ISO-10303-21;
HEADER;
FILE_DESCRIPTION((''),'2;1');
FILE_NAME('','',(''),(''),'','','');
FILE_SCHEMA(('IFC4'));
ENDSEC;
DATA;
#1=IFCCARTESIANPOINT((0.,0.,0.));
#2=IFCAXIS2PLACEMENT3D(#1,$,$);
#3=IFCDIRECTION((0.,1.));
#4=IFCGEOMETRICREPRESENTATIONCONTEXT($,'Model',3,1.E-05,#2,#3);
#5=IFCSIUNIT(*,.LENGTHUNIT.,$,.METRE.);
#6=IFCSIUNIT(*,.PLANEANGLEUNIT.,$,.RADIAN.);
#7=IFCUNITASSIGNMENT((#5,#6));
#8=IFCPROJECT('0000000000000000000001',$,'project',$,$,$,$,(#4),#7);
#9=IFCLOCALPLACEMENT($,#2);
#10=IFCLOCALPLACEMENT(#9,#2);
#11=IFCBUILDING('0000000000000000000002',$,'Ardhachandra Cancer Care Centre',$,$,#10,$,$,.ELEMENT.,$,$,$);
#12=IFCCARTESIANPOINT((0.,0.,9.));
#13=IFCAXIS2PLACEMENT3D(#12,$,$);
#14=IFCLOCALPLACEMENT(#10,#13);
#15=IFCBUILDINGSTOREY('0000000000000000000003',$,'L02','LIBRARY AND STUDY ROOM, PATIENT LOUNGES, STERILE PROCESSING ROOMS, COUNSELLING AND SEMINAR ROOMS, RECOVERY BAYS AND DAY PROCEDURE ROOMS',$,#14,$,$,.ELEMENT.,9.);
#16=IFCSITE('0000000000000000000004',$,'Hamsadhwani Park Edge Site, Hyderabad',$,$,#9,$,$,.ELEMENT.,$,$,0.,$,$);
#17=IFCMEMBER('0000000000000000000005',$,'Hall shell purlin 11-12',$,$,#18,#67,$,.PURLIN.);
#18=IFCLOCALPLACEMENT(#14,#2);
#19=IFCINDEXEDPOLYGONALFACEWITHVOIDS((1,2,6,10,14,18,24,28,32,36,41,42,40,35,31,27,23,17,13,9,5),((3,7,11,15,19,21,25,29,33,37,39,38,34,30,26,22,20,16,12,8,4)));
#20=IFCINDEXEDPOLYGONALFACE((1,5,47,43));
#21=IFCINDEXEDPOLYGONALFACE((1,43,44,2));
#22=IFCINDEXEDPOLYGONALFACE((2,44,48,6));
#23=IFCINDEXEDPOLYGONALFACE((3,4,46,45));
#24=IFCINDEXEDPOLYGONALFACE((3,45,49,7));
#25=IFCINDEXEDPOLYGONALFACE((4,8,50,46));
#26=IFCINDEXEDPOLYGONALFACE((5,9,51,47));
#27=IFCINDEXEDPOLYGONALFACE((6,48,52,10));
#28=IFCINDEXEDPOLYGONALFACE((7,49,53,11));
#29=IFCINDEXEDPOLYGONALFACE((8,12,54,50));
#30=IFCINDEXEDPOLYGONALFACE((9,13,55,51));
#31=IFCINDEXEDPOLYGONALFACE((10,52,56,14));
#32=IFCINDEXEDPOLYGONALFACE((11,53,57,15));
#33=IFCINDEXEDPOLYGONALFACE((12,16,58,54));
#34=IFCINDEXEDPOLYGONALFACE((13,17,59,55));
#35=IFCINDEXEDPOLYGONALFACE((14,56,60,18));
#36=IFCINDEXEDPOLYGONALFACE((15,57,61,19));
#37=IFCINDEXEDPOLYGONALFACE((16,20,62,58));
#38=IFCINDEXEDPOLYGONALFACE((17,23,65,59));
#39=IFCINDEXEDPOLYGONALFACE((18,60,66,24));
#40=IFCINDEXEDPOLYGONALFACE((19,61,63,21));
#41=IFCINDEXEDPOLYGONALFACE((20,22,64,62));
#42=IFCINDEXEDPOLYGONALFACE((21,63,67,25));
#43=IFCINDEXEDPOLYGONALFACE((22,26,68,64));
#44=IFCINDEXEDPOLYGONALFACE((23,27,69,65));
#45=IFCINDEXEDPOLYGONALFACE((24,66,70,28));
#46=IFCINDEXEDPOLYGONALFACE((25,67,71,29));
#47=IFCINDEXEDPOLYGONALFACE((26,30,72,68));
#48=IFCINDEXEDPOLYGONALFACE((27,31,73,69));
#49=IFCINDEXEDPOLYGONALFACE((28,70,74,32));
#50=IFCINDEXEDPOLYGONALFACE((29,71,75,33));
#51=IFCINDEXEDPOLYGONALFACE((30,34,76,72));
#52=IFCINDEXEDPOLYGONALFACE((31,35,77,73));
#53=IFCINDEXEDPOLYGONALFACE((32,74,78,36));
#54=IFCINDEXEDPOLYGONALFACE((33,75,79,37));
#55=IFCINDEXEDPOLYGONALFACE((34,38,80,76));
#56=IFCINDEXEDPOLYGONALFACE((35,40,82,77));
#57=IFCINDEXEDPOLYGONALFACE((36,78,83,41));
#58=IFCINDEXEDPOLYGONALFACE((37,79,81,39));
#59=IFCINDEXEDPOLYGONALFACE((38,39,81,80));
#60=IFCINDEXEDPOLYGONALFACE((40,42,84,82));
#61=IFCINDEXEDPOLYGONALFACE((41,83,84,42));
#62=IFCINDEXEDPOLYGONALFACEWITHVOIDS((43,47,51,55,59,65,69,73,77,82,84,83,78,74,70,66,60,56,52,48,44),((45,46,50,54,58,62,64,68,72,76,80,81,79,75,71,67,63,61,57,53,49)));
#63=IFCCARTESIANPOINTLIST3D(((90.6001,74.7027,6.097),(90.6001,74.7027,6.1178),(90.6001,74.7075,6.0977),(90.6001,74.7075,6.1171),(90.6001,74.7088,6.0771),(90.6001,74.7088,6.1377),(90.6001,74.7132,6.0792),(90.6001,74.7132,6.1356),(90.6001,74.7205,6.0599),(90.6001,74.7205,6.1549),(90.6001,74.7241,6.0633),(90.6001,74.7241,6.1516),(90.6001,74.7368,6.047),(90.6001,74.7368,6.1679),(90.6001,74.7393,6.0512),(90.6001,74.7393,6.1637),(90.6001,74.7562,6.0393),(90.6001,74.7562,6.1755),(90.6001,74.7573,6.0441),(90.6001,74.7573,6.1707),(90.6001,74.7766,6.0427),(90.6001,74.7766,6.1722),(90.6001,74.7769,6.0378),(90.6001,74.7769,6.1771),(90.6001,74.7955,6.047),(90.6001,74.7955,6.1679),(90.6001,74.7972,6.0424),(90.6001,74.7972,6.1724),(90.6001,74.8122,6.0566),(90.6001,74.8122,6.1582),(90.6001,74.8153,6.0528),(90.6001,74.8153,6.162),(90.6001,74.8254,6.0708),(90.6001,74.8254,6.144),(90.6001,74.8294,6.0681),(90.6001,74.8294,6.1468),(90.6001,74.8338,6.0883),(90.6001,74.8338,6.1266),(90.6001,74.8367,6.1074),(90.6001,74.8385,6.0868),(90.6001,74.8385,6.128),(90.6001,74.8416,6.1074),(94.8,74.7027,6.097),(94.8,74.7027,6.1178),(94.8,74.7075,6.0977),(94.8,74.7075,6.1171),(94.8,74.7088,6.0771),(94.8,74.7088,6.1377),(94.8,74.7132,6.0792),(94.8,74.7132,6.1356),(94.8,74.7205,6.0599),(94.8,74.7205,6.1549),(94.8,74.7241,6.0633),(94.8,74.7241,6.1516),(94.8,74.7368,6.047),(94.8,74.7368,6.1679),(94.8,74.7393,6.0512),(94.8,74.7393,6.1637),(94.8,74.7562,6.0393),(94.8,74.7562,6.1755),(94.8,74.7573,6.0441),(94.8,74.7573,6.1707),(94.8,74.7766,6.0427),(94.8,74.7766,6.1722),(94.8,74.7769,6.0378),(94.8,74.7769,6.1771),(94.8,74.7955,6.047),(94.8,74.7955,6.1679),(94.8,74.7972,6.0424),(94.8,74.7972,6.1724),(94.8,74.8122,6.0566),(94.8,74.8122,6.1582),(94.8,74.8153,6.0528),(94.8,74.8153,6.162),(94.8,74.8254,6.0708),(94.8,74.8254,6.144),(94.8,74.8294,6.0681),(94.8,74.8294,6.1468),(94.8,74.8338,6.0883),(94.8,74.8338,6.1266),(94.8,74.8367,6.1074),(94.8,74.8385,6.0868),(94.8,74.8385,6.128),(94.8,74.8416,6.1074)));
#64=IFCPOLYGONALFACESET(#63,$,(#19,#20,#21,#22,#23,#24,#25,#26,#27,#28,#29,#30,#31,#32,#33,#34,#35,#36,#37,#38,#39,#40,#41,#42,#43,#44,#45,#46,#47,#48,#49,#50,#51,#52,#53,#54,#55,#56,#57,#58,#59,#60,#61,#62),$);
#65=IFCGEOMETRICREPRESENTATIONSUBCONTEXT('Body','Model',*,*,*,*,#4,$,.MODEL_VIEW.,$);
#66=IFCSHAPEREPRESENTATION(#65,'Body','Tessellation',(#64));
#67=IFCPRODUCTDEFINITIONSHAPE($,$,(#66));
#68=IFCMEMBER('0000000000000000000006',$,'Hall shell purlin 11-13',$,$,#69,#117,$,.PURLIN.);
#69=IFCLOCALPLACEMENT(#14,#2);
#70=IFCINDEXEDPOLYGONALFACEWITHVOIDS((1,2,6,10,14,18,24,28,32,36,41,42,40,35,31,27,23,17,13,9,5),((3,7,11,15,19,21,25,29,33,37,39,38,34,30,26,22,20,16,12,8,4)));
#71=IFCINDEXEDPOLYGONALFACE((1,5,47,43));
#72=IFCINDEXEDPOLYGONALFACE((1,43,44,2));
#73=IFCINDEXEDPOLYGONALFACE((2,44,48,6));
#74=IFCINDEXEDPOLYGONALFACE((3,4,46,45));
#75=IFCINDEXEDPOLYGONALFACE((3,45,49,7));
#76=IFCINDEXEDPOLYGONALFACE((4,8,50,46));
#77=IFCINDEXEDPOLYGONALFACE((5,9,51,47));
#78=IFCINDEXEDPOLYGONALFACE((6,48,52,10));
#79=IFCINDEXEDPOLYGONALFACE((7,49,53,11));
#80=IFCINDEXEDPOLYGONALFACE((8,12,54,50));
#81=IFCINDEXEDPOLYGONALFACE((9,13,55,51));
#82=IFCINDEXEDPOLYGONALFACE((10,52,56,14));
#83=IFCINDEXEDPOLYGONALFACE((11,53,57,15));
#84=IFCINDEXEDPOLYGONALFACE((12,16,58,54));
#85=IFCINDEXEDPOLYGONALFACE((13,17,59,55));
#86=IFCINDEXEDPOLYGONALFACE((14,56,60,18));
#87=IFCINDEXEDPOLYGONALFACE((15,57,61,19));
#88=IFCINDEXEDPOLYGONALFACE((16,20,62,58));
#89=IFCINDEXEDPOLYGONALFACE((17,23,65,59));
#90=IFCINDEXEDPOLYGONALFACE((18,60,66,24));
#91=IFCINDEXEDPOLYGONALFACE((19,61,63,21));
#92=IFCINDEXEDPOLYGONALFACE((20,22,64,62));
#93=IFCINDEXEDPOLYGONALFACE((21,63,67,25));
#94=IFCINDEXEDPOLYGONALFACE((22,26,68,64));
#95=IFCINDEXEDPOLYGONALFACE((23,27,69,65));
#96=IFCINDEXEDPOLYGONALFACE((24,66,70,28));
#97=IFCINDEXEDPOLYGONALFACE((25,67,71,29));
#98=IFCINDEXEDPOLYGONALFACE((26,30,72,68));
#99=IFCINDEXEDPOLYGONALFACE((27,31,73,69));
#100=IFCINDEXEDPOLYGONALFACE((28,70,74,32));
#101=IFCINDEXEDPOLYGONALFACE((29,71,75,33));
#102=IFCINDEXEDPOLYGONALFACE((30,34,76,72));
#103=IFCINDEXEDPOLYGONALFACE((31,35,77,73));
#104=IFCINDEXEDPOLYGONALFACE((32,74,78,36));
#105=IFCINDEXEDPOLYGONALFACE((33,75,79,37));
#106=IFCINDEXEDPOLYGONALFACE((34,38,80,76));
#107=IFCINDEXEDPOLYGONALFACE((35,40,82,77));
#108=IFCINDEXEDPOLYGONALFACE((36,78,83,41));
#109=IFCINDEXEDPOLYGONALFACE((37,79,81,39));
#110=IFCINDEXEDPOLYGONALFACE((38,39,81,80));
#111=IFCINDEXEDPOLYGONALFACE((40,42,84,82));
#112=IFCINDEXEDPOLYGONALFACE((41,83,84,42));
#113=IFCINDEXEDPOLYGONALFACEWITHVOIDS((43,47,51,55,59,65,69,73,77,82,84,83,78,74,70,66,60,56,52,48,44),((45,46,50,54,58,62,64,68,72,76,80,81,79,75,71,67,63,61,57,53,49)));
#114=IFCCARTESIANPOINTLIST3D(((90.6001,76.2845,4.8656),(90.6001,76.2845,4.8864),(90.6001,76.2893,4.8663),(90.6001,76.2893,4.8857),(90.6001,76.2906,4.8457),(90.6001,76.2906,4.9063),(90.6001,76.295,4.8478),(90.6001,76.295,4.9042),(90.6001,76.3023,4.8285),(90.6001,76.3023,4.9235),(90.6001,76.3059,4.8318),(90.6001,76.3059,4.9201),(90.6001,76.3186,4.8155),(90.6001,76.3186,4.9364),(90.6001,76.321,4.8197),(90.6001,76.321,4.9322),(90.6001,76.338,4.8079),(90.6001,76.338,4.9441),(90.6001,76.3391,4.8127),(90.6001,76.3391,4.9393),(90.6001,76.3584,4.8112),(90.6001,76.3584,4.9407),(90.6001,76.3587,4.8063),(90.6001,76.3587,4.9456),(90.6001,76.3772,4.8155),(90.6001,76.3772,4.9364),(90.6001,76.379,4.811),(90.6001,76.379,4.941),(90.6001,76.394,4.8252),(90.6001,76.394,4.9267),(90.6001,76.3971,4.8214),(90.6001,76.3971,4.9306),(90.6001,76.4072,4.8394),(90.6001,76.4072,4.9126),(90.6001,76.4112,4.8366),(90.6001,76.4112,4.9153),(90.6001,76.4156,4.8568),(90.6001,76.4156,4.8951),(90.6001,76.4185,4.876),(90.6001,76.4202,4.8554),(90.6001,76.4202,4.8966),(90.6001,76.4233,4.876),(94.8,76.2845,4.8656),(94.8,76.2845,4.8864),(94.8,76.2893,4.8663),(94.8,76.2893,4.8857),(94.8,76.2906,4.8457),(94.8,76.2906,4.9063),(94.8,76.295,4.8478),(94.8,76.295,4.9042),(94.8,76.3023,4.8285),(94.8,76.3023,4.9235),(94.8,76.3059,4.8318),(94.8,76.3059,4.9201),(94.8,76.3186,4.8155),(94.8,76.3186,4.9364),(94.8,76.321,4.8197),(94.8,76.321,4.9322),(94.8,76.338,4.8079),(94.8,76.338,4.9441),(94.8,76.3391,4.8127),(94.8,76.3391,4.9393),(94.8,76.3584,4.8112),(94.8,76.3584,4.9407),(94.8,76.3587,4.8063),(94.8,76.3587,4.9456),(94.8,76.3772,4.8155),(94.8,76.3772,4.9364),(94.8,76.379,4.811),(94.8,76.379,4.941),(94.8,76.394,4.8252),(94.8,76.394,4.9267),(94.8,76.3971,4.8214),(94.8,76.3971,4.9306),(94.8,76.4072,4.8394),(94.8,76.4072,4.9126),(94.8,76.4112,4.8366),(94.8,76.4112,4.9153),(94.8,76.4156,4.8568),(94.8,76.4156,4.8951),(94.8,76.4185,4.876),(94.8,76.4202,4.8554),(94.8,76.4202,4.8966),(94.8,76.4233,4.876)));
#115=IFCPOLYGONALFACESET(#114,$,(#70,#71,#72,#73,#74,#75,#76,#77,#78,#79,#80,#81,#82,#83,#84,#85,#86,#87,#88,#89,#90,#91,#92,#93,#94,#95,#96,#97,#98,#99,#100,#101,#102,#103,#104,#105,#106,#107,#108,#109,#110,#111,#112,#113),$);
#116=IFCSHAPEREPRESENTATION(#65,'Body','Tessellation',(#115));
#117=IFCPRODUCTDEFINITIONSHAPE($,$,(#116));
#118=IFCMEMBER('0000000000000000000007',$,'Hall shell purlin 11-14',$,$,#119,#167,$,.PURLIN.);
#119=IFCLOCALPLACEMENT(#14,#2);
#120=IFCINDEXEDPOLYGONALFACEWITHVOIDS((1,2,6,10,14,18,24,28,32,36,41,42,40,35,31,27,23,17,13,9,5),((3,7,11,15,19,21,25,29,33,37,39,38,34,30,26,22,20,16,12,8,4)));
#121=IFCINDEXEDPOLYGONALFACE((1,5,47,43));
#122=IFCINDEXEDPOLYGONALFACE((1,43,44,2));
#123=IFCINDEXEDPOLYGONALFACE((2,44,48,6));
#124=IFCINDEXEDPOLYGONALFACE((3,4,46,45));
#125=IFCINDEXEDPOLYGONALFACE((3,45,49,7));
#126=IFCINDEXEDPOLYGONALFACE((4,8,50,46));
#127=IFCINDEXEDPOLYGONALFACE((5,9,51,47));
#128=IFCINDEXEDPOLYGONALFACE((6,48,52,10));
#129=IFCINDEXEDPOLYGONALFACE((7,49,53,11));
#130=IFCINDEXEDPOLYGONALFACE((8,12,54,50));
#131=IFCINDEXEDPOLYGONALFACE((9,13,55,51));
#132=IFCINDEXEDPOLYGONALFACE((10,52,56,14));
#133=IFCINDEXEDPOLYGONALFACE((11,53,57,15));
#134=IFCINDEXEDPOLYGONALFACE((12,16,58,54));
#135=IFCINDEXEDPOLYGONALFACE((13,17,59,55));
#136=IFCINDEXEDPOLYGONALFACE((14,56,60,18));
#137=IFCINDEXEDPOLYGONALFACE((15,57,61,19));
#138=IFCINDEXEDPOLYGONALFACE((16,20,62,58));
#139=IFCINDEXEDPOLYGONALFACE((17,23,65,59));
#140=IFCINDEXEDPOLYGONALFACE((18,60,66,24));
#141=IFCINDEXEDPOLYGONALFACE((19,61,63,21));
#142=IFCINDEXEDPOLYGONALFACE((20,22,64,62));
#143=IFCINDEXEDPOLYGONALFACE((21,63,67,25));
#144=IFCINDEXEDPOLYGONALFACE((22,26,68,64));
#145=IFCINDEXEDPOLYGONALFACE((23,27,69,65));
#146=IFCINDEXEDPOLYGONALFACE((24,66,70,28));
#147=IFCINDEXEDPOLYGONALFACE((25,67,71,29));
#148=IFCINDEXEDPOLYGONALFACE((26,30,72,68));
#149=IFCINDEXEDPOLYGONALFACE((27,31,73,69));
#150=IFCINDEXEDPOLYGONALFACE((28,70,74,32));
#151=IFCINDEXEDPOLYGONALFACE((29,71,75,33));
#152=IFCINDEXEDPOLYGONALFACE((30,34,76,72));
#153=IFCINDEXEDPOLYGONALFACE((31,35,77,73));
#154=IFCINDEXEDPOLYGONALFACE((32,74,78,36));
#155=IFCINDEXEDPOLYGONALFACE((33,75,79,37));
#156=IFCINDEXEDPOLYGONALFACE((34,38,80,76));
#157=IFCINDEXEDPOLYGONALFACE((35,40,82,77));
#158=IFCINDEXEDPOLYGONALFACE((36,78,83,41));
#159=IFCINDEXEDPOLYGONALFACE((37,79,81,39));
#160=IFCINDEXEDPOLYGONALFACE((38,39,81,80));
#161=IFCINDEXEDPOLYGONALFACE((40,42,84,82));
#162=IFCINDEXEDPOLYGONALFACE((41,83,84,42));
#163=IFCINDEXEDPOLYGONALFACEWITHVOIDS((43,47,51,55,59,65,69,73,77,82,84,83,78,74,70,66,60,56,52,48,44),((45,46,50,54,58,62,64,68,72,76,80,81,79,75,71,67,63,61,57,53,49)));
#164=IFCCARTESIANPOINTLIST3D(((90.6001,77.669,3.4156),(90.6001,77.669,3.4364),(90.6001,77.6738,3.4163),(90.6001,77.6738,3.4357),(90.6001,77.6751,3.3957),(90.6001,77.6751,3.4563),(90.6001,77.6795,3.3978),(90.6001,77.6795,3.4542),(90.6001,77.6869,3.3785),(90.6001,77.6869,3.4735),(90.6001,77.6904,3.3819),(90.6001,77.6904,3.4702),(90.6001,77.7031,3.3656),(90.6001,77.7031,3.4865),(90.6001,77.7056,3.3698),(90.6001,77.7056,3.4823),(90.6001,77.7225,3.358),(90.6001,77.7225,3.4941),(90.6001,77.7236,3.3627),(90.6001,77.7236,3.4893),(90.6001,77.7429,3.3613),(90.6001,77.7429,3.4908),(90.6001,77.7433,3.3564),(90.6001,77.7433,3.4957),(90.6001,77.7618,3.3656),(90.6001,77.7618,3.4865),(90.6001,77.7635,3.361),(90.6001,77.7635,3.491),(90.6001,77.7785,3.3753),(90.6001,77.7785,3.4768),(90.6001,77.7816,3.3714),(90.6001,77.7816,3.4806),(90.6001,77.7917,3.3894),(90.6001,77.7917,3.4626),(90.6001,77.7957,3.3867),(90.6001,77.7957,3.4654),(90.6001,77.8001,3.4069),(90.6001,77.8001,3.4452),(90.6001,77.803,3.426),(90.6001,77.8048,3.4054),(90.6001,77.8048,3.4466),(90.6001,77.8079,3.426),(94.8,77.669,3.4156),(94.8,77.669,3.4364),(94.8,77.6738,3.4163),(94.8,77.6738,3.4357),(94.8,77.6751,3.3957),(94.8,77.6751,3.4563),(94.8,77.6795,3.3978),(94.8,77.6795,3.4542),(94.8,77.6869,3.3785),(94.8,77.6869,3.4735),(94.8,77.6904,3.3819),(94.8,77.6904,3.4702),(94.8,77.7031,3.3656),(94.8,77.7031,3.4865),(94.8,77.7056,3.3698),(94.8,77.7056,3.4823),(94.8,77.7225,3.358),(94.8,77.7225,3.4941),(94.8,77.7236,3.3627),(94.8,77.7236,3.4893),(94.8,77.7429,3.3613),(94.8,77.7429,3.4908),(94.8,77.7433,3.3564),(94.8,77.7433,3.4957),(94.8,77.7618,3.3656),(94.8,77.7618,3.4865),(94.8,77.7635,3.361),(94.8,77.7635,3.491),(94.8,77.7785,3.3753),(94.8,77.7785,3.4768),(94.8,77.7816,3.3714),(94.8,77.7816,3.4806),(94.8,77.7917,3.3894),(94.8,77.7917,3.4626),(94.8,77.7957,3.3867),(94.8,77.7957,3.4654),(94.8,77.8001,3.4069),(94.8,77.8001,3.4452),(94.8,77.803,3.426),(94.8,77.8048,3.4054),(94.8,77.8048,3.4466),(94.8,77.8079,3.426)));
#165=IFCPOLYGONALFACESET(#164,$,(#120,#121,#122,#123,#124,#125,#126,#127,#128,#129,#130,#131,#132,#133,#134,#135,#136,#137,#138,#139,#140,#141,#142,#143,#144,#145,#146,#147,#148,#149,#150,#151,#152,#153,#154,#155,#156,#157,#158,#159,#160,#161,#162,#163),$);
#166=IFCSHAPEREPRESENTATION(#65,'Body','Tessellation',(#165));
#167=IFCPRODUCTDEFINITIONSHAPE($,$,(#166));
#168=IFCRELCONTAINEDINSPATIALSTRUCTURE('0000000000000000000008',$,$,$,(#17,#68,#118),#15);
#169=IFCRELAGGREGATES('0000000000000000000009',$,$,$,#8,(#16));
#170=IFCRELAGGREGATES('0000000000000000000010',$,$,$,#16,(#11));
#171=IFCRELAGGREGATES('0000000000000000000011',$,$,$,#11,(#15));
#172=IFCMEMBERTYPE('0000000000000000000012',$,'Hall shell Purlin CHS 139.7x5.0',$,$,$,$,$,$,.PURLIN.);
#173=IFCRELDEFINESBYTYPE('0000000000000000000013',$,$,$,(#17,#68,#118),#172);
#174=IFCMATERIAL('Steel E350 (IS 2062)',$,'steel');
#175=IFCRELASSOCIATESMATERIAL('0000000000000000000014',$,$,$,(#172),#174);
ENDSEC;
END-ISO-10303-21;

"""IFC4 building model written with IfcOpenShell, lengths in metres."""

from ifc_helpers import new_model, si_unit, direction, frame, origin, origin_2d, place, context, subcontext, project, spatial, hollow_circle, extrude, material, material_profile, profile_set, type_object, element, save


model = new_model("IFC4")

# Units and contexts
model_context = context("Model", 3, precision=1e-05, world=origin(), true_north=direction((0.0, 1.0)))
body_context = subcontext(model_context, "Body", "Model", "MODEL_VIEW")
ifc_project = project(units=[si_unit("LENGTHUNIT", "METRE"), si_unit("PLANEANGLEUNIT", "RADIAN")], contexts=[model_context])

# Site, building, storey
site_placement = place(None, origin())
site = spatial("IfcSite", under=ifc_project, at=site_placement, Name="Hamsadhwani Park Edge Site, Hyderabad", CompositionType="ELEMENT", RefElevation=0.0)
building_placement = place(site_placement, origin())
building = spatial("IfcBuilding", under=site, at=building_placement, Name="Ardhachandra Cancer Care Centre", CompositionType="ELEMENT")
storey_placement = place(building_placement, frame((0.0, 0.0, 9.0)))
storey = spatial("IfcBuildingStorey", under=building, at=storey_placement, Name="L02", Description="LIBRARY AND STUDY ROOM, PATIENT LOUNGES, STERILE PROCESSING ROOMS, COUNSELLING AND SEMINAR ROOMS, RECOVERY BAYS AND DAY PROCEDURE ROOMS", CompositionType="ELEMENT", Elevation=9.0)

# Members
ifc_material_1 = material(Name="Steel E350 (IS 2062)", Category="steel")
ifc_material_profile_1 = material_profile(ifc_material_1, hollow_circle(Radius=0.0698, WallThickness=0.0049, at=origin_2d()), Name="CHS 139.7x5.0")
ifc_profile_set_1 = profile_set([ifc_material_profile_1], Name="Steel E350 (IS 2062)")
member_type_1 = type_object("IfcMemberType", Name="Hall shell Purlin CHS 139.7x5.0", PredefinedType="PURLIN", material=ifc_profile_set_1)
for number, where, z_axis, x_axis, name in (
    (1, (90.6001, 74.7717, 6.1074), (1.0, 0.0, 0.0), (0.0, 1.0, 0.0), "Hall shell purlin 11-12"),
    (2, (90.6001, 76.3535, 4.876), (1.0, 0.0, 0.0), (0.0, 1.0, 0.0), "Hall shell purlin 11-13"),
    (3, (90.6001, 77.738, 3.426), (1.0, 0.0, 0.0), (0.0, 1.0, 0.0), "Hall shell purlin 11-14"),
):
    element("IfcMember", number, at=place(storey_placement, frame(where, z_axis=z_axis, x_axis=x_axis)), inside=storey, type_object=member_type_1, Name=name, PredefinedType="PURLIN", context=body_context, shape_type="SweptSolid", body=[
        extrude(hollow_circle(Radius=0.0698, WallThickness=0.0049, at=origin_2d()), origin(), (0.0, 0.0, 1.0), 4.2),
    ])

save(model, "model.ifc")
